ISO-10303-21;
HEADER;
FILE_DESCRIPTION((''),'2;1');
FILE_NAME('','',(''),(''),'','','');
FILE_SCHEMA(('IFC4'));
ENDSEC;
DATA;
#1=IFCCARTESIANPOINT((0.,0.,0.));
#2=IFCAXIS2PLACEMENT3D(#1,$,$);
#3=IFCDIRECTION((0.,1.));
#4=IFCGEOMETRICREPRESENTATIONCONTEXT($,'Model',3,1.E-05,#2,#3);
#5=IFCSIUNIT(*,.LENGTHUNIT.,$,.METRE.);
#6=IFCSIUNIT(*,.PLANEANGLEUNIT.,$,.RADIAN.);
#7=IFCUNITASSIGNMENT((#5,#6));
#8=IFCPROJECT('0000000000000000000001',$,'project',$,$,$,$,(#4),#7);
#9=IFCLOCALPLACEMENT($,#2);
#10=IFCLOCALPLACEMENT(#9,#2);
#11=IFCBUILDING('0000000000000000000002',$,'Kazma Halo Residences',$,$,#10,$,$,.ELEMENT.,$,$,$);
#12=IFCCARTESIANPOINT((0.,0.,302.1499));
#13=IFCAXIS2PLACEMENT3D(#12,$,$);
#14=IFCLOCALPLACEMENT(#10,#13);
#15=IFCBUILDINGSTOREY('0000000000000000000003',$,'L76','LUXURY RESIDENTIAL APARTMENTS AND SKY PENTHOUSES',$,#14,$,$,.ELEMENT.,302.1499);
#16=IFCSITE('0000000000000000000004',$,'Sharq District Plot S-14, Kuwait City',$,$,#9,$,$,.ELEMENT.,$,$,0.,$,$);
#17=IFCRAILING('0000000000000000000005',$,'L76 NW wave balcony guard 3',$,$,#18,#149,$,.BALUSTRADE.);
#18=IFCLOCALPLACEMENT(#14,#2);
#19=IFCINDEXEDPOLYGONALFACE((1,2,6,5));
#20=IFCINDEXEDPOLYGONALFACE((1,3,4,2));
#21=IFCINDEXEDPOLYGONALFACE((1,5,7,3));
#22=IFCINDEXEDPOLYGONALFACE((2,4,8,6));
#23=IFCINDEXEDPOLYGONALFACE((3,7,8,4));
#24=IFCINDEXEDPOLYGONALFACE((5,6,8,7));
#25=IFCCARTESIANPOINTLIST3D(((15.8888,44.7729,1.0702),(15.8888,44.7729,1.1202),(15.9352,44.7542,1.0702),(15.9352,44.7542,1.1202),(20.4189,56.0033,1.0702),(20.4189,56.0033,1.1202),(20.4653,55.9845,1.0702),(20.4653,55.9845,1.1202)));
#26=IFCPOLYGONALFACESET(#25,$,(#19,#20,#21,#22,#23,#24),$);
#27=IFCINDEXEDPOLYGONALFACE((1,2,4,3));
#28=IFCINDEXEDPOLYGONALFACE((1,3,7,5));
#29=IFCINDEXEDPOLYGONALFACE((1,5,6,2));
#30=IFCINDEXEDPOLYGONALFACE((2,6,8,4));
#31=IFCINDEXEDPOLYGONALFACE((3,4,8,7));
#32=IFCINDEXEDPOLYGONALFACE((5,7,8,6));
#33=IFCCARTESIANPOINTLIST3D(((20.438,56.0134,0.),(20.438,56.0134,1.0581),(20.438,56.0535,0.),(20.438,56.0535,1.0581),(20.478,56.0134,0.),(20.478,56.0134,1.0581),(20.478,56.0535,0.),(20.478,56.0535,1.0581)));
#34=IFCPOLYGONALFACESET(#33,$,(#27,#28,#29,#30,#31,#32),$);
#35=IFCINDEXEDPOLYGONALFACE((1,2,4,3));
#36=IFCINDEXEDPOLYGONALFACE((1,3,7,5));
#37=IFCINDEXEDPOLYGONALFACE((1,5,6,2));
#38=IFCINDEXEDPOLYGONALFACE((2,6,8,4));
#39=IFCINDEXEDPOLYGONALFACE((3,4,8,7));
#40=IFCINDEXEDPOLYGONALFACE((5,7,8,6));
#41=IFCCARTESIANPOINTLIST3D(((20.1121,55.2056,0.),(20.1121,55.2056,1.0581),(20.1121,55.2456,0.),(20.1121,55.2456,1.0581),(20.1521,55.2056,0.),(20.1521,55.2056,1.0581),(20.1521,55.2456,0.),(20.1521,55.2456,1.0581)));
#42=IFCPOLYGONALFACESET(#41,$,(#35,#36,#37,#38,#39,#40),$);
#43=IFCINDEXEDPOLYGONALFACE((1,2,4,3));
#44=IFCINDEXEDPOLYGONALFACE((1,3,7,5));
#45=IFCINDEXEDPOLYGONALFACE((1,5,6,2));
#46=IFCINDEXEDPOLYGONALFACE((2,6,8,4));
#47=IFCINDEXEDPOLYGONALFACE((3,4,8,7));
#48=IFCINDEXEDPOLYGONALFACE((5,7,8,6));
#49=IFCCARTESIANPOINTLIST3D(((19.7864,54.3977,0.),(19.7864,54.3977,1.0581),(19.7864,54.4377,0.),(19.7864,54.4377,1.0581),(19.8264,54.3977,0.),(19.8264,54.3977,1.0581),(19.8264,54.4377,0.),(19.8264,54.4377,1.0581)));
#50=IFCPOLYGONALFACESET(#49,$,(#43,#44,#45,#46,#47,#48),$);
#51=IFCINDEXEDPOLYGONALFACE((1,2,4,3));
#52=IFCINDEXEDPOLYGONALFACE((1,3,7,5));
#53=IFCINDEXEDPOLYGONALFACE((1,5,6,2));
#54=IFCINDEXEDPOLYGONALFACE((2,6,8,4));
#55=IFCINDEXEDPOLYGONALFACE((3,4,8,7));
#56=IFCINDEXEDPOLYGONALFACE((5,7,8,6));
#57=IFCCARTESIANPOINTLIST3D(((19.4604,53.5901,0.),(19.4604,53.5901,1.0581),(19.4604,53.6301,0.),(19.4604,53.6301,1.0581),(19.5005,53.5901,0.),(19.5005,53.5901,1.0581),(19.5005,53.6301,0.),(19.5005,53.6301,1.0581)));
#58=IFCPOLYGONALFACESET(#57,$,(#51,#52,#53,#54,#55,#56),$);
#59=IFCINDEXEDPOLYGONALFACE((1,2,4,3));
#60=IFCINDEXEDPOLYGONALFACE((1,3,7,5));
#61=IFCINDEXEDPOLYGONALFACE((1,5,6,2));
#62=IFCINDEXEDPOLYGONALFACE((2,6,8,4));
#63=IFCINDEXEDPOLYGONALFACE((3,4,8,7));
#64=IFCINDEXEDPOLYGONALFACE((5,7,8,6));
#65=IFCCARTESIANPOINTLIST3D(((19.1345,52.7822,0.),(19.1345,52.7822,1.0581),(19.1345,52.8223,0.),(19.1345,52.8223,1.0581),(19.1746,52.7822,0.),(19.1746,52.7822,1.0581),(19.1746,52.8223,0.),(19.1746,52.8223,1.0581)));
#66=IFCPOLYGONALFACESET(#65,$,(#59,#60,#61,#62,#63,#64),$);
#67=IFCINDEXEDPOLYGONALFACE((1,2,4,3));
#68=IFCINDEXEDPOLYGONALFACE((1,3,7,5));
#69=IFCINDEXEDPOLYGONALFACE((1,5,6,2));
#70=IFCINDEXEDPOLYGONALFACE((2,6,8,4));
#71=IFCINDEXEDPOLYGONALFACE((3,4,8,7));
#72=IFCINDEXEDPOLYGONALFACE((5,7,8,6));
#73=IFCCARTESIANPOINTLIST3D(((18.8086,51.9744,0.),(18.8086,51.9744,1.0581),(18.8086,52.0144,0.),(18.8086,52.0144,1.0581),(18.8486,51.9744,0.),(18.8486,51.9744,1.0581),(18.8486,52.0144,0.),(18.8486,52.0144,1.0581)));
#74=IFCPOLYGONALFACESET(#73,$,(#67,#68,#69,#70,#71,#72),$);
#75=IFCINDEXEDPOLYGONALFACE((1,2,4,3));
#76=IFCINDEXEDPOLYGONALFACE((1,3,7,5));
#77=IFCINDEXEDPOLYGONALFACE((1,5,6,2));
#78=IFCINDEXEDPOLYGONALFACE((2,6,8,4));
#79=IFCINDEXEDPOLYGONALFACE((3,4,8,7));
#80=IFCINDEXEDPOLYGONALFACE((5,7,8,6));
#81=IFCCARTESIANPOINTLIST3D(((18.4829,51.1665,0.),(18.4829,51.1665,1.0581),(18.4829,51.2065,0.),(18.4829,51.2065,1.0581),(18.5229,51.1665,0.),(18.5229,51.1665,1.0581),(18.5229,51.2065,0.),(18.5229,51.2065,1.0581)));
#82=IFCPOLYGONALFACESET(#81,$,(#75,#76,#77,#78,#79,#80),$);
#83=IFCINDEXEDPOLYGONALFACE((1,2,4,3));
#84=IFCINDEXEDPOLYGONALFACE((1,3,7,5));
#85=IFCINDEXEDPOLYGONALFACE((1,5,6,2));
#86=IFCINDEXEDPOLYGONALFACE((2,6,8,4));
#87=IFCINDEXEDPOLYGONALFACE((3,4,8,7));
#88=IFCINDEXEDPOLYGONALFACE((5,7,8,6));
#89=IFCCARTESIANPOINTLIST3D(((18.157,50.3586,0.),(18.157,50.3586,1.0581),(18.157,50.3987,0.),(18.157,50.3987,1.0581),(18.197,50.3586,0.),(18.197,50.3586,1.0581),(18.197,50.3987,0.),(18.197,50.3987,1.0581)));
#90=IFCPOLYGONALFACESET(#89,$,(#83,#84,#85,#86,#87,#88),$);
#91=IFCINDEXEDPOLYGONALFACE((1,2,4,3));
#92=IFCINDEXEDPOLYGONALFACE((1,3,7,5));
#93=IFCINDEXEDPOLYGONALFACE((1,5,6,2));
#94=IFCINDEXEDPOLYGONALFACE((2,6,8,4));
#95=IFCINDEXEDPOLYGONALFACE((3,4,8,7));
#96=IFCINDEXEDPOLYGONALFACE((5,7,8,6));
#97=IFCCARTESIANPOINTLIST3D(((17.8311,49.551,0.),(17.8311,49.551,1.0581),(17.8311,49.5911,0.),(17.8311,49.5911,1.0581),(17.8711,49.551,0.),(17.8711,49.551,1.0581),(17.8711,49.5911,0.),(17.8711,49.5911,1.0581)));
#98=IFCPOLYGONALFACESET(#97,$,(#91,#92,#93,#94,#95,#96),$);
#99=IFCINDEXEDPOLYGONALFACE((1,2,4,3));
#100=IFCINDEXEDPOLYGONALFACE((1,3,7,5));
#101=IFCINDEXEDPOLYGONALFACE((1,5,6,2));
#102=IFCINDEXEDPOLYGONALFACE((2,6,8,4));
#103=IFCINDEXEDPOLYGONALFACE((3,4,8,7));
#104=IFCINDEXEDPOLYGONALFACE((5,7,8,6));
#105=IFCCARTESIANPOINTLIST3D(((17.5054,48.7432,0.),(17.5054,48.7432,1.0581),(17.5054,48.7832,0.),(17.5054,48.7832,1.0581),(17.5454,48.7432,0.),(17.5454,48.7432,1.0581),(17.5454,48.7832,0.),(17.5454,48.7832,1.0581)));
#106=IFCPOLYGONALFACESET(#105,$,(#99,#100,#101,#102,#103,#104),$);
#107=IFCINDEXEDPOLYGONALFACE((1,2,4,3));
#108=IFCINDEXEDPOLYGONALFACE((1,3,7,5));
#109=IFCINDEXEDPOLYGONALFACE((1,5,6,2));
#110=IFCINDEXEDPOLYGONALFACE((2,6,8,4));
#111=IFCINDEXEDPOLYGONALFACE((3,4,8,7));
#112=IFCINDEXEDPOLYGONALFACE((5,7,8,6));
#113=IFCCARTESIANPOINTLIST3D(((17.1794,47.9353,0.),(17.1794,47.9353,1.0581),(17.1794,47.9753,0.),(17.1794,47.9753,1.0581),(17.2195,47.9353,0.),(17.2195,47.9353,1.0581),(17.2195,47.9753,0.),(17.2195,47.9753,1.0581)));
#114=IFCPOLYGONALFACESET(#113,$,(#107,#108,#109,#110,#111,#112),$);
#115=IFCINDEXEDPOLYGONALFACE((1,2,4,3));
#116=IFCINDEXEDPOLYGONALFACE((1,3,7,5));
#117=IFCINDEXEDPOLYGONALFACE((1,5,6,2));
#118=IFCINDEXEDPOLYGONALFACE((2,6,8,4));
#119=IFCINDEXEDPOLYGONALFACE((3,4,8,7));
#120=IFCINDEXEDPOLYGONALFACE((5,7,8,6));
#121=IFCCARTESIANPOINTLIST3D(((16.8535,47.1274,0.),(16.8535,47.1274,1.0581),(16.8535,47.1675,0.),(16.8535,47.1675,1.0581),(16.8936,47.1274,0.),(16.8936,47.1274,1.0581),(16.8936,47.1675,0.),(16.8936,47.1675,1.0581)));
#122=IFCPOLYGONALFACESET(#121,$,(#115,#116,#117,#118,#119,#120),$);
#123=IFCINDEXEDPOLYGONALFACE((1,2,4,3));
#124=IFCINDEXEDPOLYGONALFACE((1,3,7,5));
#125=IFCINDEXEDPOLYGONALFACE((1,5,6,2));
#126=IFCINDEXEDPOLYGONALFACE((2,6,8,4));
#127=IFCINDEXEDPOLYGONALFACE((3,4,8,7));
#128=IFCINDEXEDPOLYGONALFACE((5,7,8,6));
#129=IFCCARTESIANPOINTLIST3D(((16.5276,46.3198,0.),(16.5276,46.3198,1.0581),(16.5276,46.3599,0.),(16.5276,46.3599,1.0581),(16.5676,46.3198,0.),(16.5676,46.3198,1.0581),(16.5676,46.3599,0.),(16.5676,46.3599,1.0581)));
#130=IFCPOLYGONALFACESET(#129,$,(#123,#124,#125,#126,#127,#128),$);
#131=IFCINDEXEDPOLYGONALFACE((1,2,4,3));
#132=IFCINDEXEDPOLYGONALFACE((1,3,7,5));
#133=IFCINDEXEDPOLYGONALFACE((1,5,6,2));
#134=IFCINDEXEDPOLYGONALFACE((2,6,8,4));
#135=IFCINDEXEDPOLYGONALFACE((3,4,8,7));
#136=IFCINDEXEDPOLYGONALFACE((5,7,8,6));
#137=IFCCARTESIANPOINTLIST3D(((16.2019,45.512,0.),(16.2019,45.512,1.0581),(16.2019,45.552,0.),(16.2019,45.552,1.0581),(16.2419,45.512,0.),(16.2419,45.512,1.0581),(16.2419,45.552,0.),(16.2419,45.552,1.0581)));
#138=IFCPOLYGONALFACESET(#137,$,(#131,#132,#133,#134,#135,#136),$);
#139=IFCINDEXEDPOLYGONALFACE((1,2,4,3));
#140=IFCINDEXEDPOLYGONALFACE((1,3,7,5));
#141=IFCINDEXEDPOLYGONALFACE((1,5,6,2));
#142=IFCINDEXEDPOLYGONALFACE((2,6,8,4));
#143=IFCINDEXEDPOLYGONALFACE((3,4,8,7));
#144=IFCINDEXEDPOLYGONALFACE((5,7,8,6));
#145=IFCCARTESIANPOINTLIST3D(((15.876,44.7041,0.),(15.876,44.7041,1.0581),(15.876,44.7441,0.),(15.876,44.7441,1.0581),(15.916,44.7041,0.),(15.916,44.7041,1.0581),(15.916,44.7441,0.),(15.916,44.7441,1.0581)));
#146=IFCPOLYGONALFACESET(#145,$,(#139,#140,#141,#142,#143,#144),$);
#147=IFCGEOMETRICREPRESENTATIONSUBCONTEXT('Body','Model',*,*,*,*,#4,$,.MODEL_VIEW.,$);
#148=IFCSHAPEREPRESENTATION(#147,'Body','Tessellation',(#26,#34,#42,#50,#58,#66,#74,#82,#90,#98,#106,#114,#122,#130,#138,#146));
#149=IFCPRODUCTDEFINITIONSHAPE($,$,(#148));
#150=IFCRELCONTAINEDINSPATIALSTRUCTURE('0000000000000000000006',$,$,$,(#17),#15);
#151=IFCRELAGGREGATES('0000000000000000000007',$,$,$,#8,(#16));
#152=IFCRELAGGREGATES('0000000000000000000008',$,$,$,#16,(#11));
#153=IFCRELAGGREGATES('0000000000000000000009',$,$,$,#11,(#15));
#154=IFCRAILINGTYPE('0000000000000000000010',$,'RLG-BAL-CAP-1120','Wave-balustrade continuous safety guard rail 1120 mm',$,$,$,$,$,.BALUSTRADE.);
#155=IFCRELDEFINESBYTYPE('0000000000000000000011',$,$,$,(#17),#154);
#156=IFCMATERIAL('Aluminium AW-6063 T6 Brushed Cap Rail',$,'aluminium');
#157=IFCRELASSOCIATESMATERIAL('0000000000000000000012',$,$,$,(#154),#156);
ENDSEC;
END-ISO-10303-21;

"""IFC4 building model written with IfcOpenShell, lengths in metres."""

from ifc_helpers import new_model, si_unit, direction, frame, origin, origin_2d, place, context, subcontext, project, spatial, rectangle, extrude, material, type_object, element, save


model = new_model("IFC4")

# Units and contexts
model_context = context("Model", 3, precision=1e-05, world=origin(), true_north=direction((0.0, 1.0)))
body_context = subcontext(model_context, "Body", "Model", "MODEL_VIEW")
ifc_project = project(units=[si_unit("LENGTHUNIT", "METRE"), si_unit("PLANEANGLEUNIT", "RADIAN")], contexts=[model_context])

# Site, building, storey
site_placement = place(None, origin())
site = spatial("IfcSite", under=ifc_project, at=site_placement, Name="Sharq District Plot S-14, Kuwait City", CompositionType="ELEMENT", RefElevation=0.0)
building_placement = place(site_placement, origin())
building = spatial("IfcBuilding", under=site, at=building_placement, Name="Kazma Halo Residences", CompositionType="ELEMENT")
storey_placement = place(building_placement, frame((0.0, 0.0, 302.1499)))
storey = spatial("IfcBuildingStorey", under=building, at=storey_placement, Name="L76", Description="LUXURY RESIDENTIAL APARTMENTS AND SKY PENTHOUSES", CompositionType="ELEMENT", Elevation=302.1499)

# Railing
ifc_material_1 = material(Name="Aluminium AW-6063 T6 Brushed Cap Rail", Category="aluminium")
railing_type = type_object("IfcRailingType", Name="RLG-BAL-CAP-1120", Description="Wave-balustrade continuous safety guard rail 1120 mm", PredefinedType="BALUSTRADE", material=ifc_material_1)
railing_1_placement = place(storey_placement, frame((20.458, 56.0334, 0.0)))
element("IfcRailing", 1, at=railing_1_placement, inside=storey, type_object=railing_type, Name="L76 NW wave balcony guard 3", PredefinedType="BALUSTRADE", context=body_context, shape_type="SweptSolid", body=[
    extrude(rectangle(XDim=0.05, YDim=0.05, at=origin_2d()), frame((-0.0159, -0.0396, 1.0952), z_axis=(-0.374095, -0.92739, 0.0), x_axis=(0.92739, -0.374095, 0.0)), (0.0, 0.0, 1.0), 12.1096),
    extrude(rectangle(XDim=0.04, YDim=0.04, at=origin_2d()), origin(), (0.0, 0.0, 1.0), 1.0581),
    extrude(rectangle(XDim=0.04, YDim=0.04, at=origin_2d()), frame((-0.3259, -0.8079, 0.0)), (0.0, 0.0, 1.0), 1.0581),
    extrude(rectangle(XDim=0.04, YDim=0.04, at=origin_2d()), frame((-0.6516, -1.6157, 0.0)), (0.0, 0.0, 1.0), 1.0581),
    extrude(rectangle(XDim=0.04, YDim=0.04, at=origin_2d()), frame((-0.9775, -2.4233, 0.0)), (0.0, 0.0, 1.0), 1.0581),
    extrude(rectangle(XDim=0.04, YDim=0.04, at=origin_2d()), frame((-1.3035, -3.2312, 0.0)), (0.0, 0.0, 1.0), 1.0581),
    extrude(rectangle(XDim=0.04, YDim=0.04, at=origin_2d()), frame((-1.6294, -4.0391, 0.0)), (0.0, 0.0, 1.0), 1.0581),
    extrude(rectangle(XDim=0.04, YDim=0.04, at=origin_2d()), frame((-1.9551, -4.8469, 0.0)), (0.0, 0.0, 1.0), 1.0581),
    extrude(rectangle(XDim=0.04, YDim=0.04, at=origin_2d()), frame((-2.281, -5.6548, 0.0)), (0.0, 0.0, 1.0), 1.0581),
    extrude(rectangle(XDim=0.04, YDim=0.04, at=origin_2d()), frame((-2.6069, -6.4624, 0.0)), (0.0, 0.0, 1.0), 1.0581),
    extrude(rectangle(XDim=0.04, YDim=0.04, at=origin_2d()), frame((-2.9326, -7.2703, 0.0)), (0.0, 0.0, 1.0), 1.0581),
    extrude(rectangle(XDim=0.04, YDim=0.04, at=origin_2d()), frame((-3.2585, -8.0781, 0.0)), (0.0, 0.0, 1.0), 1.0581),
    extrude(rectangle(XDim=0.04, YDim=0.04, at=origin_2d()), frame((-3.5845, -8.886, 0.0)), (0.0, 0.0, 1.0), 1.0581),
    extrude(rectangle(XDim=0.04, YDim=0.04, at=origin_2d()), frame((-3.9104, -9.6936, 0.0)), (0.0, 0.0, 1.0), 1.0581),
    extrude(rectangle(XDim=0.04, YDim=0.04, at=origin_2d()), frame((-4.2361, -10.5015, 0.0)), (0.0, 0.0, 1.0), 1.0581),
    extrude(rectangle(XDim=0.04, YDim=0.04, at=origin_2d()), frame((-4.562, -11.3093, 0.0)), (0.0, 0.0, 1.0), 1.0581),
])

save(model, "model.ifc")
